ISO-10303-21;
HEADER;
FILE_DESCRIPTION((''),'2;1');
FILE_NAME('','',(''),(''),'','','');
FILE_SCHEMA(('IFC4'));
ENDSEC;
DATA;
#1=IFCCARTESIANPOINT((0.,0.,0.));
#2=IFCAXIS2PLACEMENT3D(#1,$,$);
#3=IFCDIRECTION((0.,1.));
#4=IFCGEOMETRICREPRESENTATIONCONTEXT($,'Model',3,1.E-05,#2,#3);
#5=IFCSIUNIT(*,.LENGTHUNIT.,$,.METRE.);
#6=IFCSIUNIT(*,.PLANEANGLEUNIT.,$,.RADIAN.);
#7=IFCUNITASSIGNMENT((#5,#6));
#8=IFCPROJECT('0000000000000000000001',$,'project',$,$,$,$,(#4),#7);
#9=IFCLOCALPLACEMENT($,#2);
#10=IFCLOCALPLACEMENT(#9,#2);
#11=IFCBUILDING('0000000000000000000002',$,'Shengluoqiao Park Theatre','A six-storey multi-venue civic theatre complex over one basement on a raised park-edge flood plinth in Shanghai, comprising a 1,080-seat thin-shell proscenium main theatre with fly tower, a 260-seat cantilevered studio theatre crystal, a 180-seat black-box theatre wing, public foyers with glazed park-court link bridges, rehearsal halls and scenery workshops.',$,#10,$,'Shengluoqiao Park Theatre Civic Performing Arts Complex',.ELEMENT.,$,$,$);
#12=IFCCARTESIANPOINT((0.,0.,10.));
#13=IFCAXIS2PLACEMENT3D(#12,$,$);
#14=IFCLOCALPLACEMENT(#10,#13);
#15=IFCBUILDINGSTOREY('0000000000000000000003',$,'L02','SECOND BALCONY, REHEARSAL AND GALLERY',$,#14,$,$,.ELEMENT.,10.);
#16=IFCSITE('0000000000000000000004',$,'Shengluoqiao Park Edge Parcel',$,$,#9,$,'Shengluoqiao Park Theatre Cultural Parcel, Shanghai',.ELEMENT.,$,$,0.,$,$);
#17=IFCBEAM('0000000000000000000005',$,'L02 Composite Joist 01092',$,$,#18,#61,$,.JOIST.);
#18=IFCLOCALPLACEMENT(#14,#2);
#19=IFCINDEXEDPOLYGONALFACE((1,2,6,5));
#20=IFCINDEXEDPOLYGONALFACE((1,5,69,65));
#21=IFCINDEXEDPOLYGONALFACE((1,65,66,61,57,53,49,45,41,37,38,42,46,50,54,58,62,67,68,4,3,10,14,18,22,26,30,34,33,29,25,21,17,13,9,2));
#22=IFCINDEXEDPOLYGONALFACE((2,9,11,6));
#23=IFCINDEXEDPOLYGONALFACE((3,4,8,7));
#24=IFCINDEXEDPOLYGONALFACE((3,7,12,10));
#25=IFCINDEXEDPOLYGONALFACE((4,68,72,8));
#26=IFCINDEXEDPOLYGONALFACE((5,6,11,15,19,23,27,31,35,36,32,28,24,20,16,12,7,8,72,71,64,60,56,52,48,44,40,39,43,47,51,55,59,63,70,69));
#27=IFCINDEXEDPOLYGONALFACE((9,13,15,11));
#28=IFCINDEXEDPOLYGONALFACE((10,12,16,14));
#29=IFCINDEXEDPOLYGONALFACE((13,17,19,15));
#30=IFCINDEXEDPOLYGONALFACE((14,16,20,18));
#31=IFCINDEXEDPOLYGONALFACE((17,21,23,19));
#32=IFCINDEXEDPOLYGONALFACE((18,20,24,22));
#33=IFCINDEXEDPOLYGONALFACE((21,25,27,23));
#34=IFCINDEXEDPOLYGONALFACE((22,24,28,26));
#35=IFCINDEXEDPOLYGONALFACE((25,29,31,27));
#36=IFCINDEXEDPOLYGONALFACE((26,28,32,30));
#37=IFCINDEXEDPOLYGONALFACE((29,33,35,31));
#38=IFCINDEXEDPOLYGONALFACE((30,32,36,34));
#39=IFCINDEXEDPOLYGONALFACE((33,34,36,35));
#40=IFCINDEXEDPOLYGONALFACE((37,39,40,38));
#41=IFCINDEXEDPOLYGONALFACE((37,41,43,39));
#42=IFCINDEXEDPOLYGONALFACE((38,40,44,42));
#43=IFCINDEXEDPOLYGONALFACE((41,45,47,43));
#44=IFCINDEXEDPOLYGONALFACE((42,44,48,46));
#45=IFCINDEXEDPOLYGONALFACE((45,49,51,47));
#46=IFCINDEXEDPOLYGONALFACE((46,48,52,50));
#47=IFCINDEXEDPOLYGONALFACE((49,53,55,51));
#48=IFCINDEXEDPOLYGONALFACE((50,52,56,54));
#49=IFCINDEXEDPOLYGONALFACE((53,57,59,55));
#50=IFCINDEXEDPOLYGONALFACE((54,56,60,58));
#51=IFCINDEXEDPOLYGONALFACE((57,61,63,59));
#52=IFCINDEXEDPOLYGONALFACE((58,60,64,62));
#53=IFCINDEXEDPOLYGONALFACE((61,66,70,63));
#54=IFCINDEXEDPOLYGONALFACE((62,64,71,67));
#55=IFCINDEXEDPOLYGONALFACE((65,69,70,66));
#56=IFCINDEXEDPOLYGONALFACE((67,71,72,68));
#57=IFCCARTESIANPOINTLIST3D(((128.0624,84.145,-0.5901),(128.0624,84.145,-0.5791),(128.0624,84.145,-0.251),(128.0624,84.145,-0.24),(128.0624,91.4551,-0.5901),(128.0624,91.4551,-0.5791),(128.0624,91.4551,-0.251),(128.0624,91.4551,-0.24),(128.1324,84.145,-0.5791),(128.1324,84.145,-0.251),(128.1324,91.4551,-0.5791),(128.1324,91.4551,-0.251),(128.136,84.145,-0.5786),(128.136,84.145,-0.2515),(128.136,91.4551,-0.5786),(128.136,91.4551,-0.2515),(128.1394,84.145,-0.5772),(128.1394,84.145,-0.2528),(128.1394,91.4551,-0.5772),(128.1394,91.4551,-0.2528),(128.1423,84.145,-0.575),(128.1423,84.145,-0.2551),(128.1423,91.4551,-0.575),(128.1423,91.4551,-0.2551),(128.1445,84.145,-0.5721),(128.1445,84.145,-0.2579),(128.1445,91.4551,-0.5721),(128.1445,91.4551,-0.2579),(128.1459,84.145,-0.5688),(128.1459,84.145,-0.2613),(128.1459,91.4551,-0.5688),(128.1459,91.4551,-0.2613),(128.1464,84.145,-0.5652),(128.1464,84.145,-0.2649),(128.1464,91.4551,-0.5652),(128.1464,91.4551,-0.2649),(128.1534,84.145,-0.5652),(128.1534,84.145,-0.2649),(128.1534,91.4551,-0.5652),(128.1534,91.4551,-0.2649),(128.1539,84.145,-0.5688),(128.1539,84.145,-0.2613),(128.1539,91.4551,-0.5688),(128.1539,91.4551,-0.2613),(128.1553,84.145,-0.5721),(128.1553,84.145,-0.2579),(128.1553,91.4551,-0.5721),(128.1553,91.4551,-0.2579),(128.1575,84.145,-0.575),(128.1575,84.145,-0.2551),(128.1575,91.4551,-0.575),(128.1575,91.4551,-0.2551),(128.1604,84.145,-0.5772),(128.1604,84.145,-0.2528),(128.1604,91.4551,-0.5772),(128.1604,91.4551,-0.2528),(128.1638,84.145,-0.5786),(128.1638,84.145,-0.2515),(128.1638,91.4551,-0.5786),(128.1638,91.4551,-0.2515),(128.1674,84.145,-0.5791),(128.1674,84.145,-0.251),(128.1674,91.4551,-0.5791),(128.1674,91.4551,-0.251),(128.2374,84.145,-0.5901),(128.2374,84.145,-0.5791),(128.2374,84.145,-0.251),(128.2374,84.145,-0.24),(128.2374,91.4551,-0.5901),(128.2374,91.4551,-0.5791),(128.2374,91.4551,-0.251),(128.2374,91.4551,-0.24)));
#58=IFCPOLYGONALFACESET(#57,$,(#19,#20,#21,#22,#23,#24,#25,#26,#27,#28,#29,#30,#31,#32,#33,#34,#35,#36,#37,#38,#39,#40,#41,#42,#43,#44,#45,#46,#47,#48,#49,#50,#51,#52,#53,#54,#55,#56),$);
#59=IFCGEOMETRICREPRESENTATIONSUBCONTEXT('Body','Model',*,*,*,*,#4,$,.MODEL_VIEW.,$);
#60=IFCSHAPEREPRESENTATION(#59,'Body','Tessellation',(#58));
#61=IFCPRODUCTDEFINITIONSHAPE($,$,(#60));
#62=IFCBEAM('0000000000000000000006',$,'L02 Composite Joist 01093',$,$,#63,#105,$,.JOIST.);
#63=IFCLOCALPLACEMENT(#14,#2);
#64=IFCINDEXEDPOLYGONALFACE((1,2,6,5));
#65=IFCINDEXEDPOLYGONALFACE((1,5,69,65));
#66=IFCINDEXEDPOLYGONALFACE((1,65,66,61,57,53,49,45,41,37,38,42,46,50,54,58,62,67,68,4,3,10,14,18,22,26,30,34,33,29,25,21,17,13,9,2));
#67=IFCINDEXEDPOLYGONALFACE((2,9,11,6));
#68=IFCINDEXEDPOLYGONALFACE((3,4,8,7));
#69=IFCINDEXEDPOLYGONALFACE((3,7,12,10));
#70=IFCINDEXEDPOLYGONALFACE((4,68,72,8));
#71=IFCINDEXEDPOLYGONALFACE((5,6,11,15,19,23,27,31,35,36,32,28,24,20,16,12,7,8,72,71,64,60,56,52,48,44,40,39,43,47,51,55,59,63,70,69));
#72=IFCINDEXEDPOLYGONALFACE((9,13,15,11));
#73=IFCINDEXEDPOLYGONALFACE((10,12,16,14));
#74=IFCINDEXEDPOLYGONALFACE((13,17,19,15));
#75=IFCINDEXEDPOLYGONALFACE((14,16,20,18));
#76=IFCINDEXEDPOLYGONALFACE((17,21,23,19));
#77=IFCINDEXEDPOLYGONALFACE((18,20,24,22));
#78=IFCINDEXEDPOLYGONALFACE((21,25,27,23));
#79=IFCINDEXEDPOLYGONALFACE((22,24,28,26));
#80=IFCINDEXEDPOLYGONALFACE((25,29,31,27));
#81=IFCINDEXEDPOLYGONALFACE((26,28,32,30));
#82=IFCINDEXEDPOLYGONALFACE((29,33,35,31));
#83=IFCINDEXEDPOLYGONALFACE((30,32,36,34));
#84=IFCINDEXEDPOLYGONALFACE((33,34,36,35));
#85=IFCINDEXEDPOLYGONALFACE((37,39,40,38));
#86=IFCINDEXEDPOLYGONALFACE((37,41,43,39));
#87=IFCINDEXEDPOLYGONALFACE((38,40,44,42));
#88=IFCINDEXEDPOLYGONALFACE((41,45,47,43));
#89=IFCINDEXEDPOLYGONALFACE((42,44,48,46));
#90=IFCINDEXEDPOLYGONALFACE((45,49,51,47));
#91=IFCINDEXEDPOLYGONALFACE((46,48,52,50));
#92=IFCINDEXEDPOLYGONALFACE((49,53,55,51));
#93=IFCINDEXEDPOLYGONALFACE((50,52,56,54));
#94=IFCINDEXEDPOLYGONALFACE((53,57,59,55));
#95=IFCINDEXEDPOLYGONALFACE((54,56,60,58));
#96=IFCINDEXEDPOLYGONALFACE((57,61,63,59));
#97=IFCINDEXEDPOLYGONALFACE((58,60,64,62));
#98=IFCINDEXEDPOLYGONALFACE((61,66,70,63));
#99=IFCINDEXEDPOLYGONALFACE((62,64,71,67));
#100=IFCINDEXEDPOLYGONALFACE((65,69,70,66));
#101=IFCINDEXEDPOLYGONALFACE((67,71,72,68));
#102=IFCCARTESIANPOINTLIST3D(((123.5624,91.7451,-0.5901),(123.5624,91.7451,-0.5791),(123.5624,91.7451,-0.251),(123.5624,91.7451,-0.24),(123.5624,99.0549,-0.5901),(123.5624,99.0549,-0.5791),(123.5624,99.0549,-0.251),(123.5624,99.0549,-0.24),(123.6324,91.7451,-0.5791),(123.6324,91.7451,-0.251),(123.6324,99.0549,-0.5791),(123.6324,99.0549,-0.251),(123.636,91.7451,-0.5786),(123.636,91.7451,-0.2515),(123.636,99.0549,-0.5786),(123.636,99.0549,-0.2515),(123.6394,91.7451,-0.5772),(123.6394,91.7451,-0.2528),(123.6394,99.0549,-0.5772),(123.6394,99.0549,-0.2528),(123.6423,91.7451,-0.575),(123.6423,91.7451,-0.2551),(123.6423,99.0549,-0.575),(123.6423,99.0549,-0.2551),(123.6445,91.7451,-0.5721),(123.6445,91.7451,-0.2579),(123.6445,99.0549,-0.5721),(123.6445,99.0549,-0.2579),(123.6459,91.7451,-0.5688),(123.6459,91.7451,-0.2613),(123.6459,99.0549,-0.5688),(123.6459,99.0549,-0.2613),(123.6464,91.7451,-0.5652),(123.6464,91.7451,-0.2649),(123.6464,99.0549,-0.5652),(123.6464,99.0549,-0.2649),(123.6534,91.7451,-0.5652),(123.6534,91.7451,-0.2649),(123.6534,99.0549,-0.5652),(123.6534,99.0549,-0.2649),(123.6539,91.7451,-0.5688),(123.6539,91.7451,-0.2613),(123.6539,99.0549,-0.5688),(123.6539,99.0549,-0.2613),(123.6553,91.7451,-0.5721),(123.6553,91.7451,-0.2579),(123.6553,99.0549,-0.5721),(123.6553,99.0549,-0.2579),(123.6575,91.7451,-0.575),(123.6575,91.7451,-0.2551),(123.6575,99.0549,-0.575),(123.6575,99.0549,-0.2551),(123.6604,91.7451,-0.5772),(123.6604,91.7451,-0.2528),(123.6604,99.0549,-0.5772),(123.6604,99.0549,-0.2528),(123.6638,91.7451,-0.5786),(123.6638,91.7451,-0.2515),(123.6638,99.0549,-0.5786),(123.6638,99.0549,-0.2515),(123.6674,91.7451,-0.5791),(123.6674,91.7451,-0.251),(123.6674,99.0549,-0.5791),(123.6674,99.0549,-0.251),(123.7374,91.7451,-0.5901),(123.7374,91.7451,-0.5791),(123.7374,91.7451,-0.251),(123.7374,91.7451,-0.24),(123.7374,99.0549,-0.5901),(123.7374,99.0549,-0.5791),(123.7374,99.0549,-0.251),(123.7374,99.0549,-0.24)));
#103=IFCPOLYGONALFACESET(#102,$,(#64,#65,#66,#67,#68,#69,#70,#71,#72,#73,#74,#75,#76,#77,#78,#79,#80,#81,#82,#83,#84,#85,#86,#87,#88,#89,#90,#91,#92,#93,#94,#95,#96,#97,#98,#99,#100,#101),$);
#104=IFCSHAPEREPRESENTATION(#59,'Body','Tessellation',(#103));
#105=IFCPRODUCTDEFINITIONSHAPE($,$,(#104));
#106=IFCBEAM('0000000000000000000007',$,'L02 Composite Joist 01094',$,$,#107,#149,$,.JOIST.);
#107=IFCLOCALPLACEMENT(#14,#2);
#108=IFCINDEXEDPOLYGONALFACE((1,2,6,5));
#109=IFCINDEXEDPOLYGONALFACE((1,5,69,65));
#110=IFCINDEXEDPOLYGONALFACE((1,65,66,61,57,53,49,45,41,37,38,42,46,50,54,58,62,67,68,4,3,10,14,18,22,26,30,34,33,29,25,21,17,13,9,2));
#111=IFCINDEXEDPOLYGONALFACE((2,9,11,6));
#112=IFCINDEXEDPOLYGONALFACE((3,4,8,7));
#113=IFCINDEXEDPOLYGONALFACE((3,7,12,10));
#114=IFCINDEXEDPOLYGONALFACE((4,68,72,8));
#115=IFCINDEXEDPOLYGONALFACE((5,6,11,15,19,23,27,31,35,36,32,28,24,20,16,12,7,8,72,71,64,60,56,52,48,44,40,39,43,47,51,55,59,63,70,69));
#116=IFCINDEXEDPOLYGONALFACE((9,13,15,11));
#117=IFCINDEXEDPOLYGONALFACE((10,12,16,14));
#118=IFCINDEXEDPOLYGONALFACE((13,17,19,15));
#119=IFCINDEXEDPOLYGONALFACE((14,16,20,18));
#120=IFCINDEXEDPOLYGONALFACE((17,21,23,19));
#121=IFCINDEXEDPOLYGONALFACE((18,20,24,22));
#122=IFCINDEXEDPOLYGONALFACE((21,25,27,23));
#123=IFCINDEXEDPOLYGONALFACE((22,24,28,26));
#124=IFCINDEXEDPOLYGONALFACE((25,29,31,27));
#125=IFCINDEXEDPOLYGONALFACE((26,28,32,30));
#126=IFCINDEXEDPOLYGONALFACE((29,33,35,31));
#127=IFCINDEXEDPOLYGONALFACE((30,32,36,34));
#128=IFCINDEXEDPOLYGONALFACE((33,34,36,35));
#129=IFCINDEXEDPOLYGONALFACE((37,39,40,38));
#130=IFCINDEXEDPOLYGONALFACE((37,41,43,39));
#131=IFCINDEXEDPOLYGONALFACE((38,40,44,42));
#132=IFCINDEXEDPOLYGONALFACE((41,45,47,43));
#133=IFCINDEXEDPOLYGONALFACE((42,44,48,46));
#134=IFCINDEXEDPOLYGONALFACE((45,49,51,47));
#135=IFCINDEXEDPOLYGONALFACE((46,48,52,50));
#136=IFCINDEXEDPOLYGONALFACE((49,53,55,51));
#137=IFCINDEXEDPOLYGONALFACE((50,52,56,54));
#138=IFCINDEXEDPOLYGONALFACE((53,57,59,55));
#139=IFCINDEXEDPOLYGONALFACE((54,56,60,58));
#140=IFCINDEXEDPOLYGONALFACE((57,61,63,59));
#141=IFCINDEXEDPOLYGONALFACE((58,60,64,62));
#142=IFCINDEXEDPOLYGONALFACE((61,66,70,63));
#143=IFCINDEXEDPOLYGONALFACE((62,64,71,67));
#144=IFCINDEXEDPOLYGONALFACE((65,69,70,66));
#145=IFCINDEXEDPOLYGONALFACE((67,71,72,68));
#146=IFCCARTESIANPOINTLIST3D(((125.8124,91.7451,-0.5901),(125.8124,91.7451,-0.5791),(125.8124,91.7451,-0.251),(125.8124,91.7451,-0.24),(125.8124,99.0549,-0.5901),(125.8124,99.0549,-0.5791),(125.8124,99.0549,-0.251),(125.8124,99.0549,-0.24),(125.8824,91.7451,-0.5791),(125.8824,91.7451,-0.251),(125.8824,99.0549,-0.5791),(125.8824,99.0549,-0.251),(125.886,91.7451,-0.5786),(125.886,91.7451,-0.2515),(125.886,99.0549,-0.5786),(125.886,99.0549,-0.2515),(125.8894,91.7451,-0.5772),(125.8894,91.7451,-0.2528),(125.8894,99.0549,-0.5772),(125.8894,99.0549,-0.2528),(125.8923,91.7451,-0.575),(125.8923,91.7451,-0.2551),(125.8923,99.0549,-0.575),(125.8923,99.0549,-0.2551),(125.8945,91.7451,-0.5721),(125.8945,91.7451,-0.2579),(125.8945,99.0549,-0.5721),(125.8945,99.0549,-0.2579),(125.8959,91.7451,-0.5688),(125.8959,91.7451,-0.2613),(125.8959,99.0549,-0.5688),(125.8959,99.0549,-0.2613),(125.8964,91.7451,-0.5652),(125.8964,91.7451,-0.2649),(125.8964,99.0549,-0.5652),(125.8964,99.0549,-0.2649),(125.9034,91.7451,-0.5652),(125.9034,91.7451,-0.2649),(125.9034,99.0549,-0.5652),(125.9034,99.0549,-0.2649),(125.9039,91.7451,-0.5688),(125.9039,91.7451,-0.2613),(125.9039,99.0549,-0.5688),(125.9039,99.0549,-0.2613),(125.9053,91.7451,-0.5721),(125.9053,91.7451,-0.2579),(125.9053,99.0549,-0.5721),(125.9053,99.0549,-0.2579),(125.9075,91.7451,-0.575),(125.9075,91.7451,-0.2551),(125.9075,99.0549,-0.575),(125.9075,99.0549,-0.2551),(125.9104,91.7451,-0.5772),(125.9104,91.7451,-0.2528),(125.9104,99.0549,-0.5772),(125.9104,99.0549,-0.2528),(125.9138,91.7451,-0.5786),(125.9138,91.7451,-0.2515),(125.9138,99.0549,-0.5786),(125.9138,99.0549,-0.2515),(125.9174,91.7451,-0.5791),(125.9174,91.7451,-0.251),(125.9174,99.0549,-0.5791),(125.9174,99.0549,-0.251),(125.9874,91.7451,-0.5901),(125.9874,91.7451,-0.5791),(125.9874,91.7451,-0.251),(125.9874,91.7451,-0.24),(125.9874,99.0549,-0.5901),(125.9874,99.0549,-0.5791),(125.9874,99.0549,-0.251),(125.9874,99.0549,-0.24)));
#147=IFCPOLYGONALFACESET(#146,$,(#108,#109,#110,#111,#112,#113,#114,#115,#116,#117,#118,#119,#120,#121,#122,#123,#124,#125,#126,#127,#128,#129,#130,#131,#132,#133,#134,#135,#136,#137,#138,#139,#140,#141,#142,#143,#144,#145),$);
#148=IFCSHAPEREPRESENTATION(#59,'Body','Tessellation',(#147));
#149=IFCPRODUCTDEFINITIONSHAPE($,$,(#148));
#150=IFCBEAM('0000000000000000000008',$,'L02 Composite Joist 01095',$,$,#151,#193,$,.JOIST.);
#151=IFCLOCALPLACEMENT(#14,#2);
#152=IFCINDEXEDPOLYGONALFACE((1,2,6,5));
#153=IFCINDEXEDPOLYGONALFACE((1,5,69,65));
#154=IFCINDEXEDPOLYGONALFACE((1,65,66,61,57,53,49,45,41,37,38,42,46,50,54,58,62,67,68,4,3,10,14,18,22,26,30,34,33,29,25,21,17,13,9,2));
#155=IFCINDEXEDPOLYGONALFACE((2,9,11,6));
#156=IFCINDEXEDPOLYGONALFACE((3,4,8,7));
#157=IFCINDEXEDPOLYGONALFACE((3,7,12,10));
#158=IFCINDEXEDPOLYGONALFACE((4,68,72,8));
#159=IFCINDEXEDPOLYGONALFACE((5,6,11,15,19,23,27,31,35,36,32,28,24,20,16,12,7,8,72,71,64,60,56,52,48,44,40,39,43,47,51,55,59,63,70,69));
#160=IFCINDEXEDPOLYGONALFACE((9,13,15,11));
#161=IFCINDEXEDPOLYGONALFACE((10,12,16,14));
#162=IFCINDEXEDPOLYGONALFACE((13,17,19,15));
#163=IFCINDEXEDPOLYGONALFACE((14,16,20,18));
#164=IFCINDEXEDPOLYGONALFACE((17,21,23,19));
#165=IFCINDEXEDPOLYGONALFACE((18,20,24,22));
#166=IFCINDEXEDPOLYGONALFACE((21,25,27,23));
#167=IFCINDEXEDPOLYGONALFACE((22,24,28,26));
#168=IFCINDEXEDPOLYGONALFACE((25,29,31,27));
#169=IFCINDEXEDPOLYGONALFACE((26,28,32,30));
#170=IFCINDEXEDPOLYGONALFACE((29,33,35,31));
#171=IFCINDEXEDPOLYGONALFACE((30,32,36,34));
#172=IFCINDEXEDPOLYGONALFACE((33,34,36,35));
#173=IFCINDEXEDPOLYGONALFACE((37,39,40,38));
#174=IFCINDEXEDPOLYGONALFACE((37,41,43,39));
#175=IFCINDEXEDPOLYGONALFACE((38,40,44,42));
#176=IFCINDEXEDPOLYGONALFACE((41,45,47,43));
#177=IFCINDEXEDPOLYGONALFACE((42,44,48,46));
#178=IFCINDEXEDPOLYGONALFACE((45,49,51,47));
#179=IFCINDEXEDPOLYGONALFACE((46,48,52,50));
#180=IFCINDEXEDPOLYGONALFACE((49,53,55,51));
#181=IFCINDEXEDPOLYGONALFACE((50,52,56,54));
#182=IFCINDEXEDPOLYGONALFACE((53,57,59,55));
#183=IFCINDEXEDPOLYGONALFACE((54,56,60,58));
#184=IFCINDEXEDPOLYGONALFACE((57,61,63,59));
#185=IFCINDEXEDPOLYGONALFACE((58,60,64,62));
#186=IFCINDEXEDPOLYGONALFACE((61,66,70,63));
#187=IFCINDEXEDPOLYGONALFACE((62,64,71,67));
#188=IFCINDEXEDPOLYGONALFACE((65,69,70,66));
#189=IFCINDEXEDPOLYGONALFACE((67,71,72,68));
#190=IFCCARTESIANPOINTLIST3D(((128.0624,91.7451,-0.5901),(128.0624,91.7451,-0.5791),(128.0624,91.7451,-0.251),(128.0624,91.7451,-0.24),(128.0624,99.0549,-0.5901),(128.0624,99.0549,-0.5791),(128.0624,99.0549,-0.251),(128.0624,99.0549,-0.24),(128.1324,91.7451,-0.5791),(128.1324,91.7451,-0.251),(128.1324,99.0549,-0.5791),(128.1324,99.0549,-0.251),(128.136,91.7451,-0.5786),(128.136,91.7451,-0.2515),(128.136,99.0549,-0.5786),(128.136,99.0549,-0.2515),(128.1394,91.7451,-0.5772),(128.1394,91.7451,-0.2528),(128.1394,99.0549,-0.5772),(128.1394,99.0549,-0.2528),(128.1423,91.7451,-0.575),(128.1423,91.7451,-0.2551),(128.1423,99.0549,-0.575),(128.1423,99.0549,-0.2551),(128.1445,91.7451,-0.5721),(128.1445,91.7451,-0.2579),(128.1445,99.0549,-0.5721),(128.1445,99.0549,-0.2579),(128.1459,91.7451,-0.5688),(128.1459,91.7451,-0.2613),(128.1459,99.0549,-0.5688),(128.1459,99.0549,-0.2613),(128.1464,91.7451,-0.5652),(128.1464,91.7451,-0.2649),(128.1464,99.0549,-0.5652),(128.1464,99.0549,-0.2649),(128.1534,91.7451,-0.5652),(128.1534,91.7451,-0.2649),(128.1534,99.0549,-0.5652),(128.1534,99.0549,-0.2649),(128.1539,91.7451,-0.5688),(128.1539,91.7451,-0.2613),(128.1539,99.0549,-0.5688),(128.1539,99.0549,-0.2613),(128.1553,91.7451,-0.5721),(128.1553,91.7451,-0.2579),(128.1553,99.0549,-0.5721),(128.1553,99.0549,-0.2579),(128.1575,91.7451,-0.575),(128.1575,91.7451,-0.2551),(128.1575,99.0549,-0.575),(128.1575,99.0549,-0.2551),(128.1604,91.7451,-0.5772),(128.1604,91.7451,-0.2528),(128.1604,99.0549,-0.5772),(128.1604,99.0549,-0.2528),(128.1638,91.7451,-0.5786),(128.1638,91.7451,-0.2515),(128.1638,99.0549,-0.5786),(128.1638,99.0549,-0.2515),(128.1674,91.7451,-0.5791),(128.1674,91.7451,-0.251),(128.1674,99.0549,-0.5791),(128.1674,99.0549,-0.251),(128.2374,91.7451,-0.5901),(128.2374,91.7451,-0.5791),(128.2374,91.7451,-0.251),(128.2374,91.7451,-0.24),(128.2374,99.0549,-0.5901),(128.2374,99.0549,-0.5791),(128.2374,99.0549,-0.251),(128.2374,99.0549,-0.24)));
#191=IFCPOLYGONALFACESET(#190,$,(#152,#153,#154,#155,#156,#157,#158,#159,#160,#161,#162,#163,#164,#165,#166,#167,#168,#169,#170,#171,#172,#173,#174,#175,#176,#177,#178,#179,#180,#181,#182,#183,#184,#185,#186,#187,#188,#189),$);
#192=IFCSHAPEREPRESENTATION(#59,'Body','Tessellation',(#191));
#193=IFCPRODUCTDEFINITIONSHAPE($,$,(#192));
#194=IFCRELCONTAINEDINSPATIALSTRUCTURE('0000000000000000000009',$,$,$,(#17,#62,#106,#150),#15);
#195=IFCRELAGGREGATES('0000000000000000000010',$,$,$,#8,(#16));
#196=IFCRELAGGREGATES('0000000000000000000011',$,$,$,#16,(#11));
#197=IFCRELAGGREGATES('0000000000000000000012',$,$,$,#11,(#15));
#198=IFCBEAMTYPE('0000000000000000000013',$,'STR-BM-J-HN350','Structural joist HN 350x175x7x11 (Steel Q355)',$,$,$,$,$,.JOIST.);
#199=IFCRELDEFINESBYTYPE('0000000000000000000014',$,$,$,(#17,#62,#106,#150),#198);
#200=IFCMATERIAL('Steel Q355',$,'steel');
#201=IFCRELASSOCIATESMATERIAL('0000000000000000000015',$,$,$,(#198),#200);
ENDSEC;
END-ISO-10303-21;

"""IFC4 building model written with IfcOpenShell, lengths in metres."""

from ifc_helpers import new_model, si_unit, direction, frame, origin, origin_2d, place, context, subcontext, project, spatial, i_section, extrude, material, material_profile, profile_set, type_object, element, save


model = new_model("IFC4")

# Units and contexts
model_context = context("Model", 3, precision=1e-05, world=origin(), true_north=direction((0.0, 1.0)))
body_context = subcontext(model_context, "Body", "Model", "MODEL_VIEW")
ifc_project = project(units=[si_unit("LENGTHUNIT", "METRE"), si_unit("PLANEANGLEUNIT", "RADIAN")], contexts=[model_context])

# Site, building, storey
site_placement = place(None, origin())
site = spatial("IfcSite", under=ifc_project, at=site_placement, Name="Shengluoqiao Park Edge Parcel", LongName="Shengluoqiao Park Theatre Cultural Parcel, Shanghai", CompositionType="ELEMENT", RefElevation=0.0)
building_placement = place(site_placement, origin())
building = spatial("IfcBuilding", under=site, at=building_placement, Name="Shengluoqiao Park Theatre", Description="A six-storey multi-venue civic theatre complex over one basement on a raised park-edge flood plinth in Shanghai, comprising a 1,080-seat thin-shell proscenium main theatre with fly tower, a 260-seat cantilevered studio theatre crystal, a 180-seat black-box theatre wing, public foyers with glazed park-court link bridges, rehearsal halls and scenery workshops.", LongName="Shengluoqiao Park Theatre Civic Performing Arts Complex", CompositionType="ELEMENT")
storey_placement = place(building_placement, frame((0.0, 0.0, 10.0)))
storey = spatial("IfcBuildingStorey", under=building, at=storey_placement, Name="L02", Description="SECOND BALCONY, REHEARSAL AND GALLERY", CompositionType="ELEMENT", Elevation=10.0)

# Beams
ifc_material_1 = material(Name="Steel Q355", Category="steel")
ifc_material_profile_1 = material_profile(ifc_material_1, i_section(OverallWidth=0.175, OverallDepth=0.3501, WebThickness=0.0071, FlangeThickness=0.011, FilletRadius=0.0139, at=origin_2d()), Name="HN 350x175x7x11")
ifc_profile_set_1 = profile_set([ifc_material_profile_1], Name="Steel Q355")
beam_type_1 = type_object("IfcBeamType", Name="STR-BM-J-HN350", Description="Structural joist HN 350x175x7x11 (Steel Q355)", PredefinedType="JOIST", material=ifc_profile_set_1)
for number, where, z_axis, x_axis, name in (
    (1, (128.1499, 84.145, -0.415), (0.0, 1.0, 0.0), (-1.0, 0.0, 0.0), "L02 Composite Joist 01092"),
):
    element("IfcBeam", number, at=place(storey_placement, frame(where, z_axis=z_axis, x_axis=x_axis)), inside=storey, type_object=beam_type_1, Name=name, PredefinedType="JOIST", context=body_context, shape_type="SweptSolid", body=[
        extrude(i_section(OverallWidth=0.175, OverallDepth=0.3501, WebThickness=0.0071, FlangeThickness=0.011, FilletRadius=0.0139, at=origin_2d()), origin(), (0.0, 0.0, 1.0), 7.3101),
    ])
for number, where, z_axis, x_axis, name in (
    (2, (123.6499, 91.7451, -0.415), (0.0, 1.0, 0.0), (-1.0, 0.0, 0.0), "L02 Composite Joist 01093"),
    (3, (125.8999, 91.7451, -0.415), (0.0, 1.0, 0.0), (-1.0, 0.0, 0.0), "L02 Composite Joist 01094"),
    (4, (128.1499, 91.7451, -0.415), (0.0, 1.0, 0.0), (-1.0, 0.0, 0.0), "L02 Composite Joist 01095"),
):
    element("IfcBeam", number, at=place(storey_placement, frame(where, z_axis=z_axis, x_axis=x_axis)), inside=storey, type_object=beam_type_1, Name=name, PredefinedType="JOIST", context=body_context, shape_type="SweptSolid", body=[
        extrude(i_section(OverallWidth=0.175, OverallDepth=0.3501, WebThickness=0.0071, FlangeThickness=0.011, FilletRadius=0.0139, at=origin_2d()), origin(), (0.0, 0.0, 1.0), 7.3098),
    ])

save(model, "model.ifc")
